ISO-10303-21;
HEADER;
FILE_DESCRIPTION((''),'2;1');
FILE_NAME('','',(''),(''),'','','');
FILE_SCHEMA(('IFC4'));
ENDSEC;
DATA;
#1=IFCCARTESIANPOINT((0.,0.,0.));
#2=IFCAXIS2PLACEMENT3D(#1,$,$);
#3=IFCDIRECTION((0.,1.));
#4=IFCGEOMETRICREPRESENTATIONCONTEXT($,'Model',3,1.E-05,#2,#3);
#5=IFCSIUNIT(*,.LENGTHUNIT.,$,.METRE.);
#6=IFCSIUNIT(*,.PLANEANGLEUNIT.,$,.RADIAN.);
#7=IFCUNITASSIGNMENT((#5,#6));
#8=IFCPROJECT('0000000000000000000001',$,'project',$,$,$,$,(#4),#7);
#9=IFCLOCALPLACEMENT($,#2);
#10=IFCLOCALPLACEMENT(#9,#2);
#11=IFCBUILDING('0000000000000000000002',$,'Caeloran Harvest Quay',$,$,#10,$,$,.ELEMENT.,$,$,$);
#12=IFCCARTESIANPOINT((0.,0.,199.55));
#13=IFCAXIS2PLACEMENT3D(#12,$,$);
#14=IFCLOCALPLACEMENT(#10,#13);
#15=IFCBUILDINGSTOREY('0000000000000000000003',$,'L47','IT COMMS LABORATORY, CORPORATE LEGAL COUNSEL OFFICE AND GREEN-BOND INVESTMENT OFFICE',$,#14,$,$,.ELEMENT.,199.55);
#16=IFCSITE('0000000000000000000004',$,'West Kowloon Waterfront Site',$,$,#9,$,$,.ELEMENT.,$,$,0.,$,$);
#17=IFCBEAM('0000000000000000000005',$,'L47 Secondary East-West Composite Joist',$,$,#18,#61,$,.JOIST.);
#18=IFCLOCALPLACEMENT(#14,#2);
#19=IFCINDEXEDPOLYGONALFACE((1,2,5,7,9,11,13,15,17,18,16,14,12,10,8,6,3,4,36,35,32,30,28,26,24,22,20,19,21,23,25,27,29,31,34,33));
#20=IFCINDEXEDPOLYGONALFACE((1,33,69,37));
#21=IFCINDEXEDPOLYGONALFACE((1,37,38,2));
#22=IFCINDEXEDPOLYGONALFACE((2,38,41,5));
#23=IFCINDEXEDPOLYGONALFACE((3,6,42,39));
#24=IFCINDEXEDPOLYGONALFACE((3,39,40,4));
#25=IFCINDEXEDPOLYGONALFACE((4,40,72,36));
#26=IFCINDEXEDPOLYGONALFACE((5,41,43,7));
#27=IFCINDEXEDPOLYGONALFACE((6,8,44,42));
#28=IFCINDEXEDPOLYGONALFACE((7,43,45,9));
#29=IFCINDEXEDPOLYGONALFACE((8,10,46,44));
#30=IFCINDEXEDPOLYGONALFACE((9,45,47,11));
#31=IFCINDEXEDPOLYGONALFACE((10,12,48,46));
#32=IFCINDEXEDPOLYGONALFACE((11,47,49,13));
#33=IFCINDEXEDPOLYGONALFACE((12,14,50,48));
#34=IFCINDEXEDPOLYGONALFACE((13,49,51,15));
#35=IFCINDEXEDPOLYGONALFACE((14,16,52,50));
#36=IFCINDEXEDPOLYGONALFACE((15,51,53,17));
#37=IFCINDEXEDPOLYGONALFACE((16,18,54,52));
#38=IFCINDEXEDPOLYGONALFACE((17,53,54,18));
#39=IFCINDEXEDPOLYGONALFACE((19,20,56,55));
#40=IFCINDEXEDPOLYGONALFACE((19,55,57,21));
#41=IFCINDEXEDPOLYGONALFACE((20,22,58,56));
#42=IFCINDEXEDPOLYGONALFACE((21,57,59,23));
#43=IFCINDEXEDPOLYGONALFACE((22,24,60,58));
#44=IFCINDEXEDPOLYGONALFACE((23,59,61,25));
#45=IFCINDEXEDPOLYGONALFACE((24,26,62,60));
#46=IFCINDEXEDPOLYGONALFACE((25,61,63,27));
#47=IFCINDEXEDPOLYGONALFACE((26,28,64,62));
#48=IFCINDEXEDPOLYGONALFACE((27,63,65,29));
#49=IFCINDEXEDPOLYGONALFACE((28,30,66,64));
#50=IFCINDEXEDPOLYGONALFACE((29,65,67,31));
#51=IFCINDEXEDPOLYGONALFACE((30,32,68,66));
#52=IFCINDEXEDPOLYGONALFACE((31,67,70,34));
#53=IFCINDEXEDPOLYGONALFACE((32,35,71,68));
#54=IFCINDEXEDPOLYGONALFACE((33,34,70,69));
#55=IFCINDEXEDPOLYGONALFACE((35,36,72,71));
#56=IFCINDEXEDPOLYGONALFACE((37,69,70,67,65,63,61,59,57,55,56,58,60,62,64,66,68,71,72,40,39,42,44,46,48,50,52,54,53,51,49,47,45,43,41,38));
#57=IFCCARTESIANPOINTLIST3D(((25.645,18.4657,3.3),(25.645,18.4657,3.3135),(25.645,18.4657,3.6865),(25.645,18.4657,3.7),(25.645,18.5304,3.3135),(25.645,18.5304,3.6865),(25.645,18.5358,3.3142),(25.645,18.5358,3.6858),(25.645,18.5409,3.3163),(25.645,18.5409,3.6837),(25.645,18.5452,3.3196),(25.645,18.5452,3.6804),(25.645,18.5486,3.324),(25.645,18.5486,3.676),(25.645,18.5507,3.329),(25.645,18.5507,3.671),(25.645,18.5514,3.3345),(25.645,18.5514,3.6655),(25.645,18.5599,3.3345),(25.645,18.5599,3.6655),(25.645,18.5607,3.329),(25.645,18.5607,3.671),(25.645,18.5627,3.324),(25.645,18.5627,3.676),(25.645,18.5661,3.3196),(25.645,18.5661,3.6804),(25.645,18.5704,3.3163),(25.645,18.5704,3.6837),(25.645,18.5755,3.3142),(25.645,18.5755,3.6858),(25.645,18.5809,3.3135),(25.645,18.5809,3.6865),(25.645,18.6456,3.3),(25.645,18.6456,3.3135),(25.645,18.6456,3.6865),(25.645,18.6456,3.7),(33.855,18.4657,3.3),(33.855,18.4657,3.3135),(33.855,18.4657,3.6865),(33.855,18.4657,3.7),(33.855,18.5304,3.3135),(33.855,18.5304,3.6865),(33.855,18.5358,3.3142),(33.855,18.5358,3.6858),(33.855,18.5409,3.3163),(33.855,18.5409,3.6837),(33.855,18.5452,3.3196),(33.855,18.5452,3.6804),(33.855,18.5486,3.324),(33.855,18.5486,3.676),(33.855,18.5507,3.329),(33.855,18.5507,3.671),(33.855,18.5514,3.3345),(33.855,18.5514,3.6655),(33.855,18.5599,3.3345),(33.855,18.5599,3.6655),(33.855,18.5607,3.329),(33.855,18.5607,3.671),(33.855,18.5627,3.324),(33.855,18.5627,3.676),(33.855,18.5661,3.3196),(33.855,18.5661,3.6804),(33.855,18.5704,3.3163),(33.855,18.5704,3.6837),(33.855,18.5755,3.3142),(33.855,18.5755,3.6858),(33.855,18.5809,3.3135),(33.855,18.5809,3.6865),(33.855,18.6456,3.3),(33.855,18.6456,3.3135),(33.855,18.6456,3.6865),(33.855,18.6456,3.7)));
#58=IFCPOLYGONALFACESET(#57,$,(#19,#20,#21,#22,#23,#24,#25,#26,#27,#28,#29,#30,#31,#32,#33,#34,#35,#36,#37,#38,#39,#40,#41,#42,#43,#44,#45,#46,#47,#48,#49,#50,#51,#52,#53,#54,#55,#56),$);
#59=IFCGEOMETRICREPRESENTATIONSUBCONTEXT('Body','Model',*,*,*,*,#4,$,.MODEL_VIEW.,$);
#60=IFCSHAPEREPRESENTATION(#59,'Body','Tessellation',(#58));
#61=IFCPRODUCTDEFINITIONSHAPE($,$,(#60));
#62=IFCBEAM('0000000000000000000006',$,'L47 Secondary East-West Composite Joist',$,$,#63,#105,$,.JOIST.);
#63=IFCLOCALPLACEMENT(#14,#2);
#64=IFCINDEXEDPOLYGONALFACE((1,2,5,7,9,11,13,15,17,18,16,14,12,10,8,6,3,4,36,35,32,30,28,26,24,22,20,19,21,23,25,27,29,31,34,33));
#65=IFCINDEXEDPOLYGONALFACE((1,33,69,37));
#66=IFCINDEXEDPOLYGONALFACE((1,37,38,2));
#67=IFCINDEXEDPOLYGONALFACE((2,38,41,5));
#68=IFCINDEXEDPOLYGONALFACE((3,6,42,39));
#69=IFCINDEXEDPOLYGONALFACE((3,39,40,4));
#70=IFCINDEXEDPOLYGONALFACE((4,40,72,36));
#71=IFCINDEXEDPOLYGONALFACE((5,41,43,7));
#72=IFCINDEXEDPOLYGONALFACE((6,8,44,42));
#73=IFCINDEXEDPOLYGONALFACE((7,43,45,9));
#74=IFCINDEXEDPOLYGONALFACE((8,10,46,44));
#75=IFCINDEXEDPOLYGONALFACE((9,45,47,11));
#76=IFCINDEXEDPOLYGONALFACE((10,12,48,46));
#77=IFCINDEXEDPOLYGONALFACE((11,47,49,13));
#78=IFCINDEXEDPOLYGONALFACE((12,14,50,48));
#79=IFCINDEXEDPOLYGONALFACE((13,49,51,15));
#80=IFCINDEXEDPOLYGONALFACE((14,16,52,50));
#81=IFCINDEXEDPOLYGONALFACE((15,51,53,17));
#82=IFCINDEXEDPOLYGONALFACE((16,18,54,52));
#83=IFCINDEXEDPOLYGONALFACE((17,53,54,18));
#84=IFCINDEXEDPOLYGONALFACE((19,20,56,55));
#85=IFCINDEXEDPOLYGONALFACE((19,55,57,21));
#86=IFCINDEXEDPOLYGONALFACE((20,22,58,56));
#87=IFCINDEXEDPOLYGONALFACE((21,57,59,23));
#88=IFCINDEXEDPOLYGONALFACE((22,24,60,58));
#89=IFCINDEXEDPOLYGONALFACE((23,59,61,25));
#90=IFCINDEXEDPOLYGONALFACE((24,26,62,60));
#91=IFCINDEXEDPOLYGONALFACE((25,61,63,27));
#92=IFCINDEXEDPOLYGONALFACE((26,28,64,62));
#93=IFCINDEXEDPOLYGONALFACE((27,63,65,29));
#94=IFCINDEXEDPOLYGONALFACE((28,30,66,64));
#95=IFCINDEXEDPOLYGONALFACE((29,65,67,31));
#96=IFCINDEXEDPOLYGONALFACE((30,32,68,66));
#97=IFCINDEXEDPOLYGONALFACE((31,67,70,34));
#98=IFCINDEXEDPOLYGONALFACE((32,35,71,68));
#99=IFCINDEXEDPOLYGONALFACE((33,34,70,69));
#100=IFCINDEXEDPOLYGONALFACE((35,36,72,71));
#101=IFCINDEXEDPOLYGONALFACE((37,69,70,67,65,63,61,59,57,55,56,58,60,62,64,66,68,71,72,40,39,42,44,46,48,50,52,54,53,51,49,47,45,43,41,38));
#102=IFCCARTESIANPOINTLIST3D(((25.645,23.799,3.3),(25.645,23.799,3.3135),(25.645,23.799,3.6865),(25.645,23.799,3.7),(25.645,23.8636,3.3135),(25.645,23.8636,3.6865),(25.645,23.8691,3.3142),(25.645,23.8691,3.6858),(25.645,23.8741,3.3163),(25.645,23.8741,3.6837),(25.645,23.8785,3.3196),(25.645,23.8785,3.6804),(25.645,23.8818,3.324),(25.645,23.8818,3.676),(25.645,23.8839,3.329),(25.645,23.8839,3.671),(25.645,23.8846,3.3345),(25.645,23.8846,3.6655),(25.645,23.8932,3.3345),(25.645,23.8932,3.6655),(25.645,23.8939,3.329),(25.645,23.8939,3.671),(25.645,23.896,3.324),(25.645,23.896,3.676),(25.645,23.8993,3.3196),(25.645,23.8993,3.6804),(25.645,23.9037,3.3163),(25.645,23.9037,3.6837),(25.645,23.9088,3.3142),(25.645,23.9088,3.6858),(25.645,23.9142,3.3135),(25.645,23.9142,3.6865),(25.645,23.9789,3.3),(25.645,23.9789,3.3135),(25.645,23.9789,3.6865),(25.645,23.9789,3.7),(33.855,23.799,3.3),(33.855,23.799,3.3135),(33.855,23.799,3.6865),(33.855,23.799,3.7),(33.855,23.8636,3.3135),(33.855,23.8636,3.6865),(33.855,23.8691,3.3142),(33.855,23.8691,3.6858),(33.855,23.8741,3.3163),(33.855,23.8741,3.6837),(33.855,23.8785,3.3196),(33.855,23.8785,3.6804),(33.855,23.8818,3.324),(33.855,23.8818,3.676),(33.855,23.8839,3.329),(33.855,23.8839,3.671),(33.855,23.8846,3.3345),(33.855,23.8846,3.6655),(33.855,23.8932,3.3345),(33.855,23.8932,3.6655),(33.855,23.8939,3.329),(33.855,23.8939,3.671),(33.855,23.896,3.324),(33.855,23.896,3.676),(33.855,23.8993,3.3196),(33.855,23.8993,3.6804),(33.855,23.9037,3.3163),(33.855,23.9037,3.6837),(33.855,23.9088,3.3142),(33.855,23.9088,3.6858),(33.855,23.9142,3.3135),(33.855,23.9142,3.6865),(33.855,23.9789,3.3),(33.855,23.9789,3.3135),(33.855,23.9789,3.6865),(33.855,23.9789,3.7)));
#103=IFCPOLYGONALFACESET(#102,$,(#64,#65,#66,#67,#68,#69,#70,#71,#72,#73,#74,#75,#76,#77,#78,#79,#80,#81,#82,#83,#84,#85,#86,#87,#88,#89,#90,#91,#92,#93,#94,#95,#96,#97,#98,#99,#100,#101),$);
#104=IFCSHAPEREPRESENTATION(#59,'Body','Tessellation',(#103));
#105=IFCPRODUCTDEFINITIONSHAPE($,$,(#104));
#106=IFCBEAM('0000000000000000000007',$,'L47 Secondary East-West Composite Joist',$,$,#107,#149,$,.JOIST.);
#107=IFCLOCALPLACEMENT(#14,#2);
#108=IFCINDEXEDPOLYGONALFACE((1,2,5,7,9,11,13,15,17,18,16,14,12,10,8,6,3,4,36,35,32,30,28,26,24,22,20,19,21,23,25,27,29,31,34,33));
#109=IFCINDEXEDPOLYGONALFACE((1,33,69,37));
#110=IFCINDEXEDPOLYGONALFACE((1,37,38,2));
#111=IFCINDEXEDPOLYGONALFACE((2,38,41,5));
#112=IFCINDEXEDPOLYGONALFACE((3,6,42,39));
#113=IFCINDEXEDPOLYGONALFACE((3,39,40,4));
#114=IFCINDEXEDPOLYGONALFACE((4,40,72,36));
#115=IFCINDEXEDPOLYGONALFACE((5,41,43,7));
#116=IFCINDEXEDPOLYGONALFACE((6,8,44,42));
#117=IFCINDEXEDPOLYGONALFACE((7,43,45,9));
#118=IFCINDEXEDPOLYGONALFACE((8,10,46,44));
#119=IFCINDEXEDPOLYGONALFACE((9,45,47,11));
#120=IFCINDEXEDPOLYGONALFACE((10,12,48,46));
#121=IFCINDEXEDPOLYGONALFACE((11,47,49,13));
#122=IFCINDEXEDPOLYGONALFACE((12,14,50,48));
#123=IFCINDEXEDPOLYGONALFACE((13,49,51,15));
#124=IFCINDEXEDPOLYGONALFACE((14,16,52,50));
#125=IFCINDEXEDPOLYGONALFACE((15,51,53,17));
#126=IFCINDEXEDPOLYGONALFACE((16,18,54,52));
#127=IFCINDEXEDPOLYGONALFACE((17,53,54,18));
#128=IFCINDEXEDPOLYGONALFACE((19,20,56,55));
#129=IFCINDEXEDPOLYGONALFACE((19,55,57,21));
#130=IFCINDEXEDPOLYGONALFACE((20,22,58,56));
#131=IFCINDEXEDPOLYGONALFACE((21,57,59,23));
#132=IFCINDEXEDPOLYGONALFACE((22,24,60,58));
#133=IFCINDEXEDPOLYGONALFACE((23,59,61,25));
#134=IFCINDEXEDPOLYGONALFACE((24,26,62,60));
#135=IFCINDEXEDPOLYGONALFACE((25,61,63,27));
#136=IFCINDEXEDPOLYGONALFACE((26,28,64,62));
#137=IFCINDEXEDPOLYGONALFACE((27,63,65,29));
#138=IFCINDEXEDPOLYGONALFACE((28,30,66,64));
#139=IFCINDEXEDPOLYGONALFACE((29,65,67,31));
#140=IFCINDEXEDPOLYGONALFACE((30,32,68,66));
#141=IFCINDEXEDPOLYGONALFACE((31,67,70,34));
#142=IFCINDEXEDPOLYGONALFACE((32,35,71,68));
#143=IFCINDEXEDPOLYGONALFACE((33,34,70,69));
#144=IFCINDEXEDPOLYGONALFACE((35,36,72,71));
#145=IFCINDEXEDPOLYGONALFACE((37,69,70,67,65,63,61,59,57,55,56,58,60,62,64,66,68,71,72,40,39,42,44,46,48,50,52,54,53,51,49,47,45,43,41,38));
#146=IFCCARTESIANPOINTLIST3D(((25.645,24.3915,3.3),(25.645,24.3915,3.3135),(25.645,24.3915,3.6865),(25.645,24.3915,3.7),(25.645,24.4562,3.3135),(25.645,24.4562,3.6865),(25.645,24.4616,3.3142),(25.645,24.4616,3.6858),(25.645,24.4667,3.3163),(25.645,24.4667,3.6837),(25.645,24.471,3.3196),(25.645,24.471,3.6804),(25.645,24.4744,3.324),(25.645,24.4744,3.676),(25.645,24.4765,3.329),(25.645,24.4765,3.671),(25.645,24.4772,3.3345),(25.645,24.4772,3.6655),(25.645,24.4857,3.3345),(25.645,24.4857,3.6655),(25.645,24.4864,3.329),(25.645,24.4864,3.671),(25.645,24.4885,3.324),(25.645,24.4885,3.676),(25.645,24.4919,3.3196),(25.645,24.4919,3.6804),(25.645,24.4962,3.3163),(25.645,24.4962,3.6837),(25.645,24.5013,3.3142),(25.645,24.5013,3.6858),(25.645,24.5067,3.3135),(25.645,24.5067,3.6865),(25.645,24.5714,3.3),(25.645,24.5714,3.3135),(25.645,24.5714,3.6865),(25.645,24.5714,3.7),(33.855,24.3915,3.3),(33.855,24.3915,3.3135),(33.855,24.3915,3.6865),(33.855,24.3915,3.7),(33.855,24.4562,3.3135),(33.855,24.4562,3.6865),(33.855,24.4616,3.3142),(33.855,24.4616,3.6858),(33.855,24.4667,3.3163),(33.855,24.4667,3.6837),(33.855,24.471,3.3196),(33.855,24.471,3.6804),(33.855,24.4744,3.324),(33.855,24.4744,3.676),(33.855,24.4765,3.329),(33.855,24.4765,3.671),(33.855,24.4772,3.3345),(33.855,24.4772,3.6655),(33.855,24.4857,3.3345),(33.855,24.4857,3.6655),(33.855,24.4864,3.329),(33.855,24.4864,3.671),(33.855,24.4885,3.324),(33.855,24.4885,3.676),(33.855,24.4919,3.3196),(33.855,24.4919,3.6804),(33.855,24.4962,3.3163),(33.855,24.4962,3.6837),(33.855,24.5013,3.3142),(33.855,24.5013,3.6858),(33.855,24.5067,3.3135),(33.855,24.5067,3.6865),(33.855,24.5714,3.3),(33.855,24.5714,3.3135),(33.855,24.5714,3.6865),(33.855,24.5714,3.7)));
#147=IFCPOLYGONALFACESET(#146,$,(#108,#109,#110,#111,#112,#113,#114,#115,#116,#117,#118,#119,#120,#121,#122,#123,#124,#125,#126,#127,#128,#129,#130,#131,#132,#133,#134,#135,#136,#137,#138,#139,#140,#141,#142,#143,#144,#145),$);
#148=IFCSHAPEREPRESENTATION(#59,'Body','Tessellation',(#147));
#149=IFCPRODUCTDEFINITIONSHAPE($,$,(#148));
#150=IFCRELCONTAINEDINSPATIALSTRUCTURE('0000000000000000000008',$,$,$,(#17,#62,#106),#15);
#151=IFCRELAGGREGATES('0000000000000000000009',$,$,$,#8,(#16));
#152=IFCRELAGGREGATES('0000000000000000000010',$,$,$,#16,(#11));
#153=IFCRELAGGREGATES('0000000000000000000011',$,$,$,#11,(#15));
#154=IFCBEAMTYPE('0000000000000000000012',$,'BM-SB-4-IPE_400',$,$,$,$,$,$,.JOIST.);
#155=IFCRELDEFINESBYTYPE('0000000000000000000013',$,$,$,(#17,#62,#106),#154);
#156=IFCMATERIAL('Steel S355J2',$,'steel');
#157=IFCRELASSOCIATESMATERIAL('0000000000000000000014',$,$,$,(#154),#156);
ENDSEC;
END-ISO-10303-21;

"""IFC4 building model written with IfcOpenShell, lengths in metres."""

from ifc_helpers import new_model, si_unit, direction, frame, origin, origin_2d, place, context, subcontext, project, spatial, i_section, extrude, material, material_profile, profile_set, type_object, element, save


model = new_model("IFC4")

# Units and contexts
model_context = context("Model", 3, precision=1e-05, world=origin(), true_north=direction((0.0, 1.0)))
body_context = subcontext(model_context, "Body", "Model", "MODEL_VIEW")
ifc_project = project(units=[si_unit("LENGTHUNIT", "METRE"), si_unit("PLANEANGLEUNIT", "RADIAN")], contexts=[model_context])

# Site, building, storey
site_placement = place(None, origin())
site = spatial("IfcSite", under=ifc_project, at=site_placement, Name="West Kowloon Waterfront Site", CompositionType="ELEMENT", RefElevation=0.0)
building_placement = place(site_placement, origin())
building = spatial("IfcBuilding", under=site, at=building_placement, Name="Caeloran Harvest Quay", CompositionType="ELEMENT")
storey_placement = place(building_placement, frame((0.0, 0.0, 199.55)))
storey = spatial("IfcBuildingStorey", under=building, at=storey_placement, Name="L47", Description="IT COMMS LABORATORY, CORPORATE LEGAL COUNSEL OFFICE AND GREEN-BOND INVESTMENT OFFICE", CompositionType="ELEMENT", Elevation=199.55)

# Beams
ifc_material_1 = material(Name="Steel S355J2", Category="steel")
ifc_material_profile_1 = material_profile(ifc_material_1, i_section(OverallWidth=0.1799, OverallDepth=0.3999, WebThickness=0.0085, FlangeThickness=0.0134, FilletRadius=0.021, at=origin_2d()), Name="IPE 400")
ifc_profile_set_1 = profile_set([ifc_material_profile_1], Name="Steel S355J2")
beam_type_1 = type_object("IfcBeamType", Name="BM-SB-4-IPE_400", PredefinedType="JOIST", material=ifc_profile_set_1)
for number, where, z_axis, x_axis, name in (
    (1, (25.645, 18.5557, 3.5), (1.0, 0.0, 0.0), (0.0, 1.0, 0.0), "L47 Secondary East-West Composite Joist"),
    (2, (25.645, 23.8889, 3.5), (1.0, 0.0, 0.0), (0.0, 1.0, 0.0), "L47 Secondary East-West Composite Joist"),
    (3, (25.645, 24.4814, 3.5), (1.0, 0.0, 0.0), (0.0, 1.0, 0.0), "L47 Secondary East-West Composite Joist"),
):
    element("IfcBeam", number, at=place(storey_placement, frame(where, z_axis=z_axis, x_axis=x_axis)), inside=storey, type_object=beam_type_1, Name=name, PredefinedType="JOIST", context=body_context, shape_type="SweptSolid", body=[
        extrude(i_section(OverallWidth=0.1799, OverallDepth=0.3999, WebThickness=0.0085, FlangeThickness=0.0134, FilletRadius=0.021, at=origin_2d()), origin(), (0.0, 0.0, 1.0), 8.21),
    ])

save(model, "model.ifc")
